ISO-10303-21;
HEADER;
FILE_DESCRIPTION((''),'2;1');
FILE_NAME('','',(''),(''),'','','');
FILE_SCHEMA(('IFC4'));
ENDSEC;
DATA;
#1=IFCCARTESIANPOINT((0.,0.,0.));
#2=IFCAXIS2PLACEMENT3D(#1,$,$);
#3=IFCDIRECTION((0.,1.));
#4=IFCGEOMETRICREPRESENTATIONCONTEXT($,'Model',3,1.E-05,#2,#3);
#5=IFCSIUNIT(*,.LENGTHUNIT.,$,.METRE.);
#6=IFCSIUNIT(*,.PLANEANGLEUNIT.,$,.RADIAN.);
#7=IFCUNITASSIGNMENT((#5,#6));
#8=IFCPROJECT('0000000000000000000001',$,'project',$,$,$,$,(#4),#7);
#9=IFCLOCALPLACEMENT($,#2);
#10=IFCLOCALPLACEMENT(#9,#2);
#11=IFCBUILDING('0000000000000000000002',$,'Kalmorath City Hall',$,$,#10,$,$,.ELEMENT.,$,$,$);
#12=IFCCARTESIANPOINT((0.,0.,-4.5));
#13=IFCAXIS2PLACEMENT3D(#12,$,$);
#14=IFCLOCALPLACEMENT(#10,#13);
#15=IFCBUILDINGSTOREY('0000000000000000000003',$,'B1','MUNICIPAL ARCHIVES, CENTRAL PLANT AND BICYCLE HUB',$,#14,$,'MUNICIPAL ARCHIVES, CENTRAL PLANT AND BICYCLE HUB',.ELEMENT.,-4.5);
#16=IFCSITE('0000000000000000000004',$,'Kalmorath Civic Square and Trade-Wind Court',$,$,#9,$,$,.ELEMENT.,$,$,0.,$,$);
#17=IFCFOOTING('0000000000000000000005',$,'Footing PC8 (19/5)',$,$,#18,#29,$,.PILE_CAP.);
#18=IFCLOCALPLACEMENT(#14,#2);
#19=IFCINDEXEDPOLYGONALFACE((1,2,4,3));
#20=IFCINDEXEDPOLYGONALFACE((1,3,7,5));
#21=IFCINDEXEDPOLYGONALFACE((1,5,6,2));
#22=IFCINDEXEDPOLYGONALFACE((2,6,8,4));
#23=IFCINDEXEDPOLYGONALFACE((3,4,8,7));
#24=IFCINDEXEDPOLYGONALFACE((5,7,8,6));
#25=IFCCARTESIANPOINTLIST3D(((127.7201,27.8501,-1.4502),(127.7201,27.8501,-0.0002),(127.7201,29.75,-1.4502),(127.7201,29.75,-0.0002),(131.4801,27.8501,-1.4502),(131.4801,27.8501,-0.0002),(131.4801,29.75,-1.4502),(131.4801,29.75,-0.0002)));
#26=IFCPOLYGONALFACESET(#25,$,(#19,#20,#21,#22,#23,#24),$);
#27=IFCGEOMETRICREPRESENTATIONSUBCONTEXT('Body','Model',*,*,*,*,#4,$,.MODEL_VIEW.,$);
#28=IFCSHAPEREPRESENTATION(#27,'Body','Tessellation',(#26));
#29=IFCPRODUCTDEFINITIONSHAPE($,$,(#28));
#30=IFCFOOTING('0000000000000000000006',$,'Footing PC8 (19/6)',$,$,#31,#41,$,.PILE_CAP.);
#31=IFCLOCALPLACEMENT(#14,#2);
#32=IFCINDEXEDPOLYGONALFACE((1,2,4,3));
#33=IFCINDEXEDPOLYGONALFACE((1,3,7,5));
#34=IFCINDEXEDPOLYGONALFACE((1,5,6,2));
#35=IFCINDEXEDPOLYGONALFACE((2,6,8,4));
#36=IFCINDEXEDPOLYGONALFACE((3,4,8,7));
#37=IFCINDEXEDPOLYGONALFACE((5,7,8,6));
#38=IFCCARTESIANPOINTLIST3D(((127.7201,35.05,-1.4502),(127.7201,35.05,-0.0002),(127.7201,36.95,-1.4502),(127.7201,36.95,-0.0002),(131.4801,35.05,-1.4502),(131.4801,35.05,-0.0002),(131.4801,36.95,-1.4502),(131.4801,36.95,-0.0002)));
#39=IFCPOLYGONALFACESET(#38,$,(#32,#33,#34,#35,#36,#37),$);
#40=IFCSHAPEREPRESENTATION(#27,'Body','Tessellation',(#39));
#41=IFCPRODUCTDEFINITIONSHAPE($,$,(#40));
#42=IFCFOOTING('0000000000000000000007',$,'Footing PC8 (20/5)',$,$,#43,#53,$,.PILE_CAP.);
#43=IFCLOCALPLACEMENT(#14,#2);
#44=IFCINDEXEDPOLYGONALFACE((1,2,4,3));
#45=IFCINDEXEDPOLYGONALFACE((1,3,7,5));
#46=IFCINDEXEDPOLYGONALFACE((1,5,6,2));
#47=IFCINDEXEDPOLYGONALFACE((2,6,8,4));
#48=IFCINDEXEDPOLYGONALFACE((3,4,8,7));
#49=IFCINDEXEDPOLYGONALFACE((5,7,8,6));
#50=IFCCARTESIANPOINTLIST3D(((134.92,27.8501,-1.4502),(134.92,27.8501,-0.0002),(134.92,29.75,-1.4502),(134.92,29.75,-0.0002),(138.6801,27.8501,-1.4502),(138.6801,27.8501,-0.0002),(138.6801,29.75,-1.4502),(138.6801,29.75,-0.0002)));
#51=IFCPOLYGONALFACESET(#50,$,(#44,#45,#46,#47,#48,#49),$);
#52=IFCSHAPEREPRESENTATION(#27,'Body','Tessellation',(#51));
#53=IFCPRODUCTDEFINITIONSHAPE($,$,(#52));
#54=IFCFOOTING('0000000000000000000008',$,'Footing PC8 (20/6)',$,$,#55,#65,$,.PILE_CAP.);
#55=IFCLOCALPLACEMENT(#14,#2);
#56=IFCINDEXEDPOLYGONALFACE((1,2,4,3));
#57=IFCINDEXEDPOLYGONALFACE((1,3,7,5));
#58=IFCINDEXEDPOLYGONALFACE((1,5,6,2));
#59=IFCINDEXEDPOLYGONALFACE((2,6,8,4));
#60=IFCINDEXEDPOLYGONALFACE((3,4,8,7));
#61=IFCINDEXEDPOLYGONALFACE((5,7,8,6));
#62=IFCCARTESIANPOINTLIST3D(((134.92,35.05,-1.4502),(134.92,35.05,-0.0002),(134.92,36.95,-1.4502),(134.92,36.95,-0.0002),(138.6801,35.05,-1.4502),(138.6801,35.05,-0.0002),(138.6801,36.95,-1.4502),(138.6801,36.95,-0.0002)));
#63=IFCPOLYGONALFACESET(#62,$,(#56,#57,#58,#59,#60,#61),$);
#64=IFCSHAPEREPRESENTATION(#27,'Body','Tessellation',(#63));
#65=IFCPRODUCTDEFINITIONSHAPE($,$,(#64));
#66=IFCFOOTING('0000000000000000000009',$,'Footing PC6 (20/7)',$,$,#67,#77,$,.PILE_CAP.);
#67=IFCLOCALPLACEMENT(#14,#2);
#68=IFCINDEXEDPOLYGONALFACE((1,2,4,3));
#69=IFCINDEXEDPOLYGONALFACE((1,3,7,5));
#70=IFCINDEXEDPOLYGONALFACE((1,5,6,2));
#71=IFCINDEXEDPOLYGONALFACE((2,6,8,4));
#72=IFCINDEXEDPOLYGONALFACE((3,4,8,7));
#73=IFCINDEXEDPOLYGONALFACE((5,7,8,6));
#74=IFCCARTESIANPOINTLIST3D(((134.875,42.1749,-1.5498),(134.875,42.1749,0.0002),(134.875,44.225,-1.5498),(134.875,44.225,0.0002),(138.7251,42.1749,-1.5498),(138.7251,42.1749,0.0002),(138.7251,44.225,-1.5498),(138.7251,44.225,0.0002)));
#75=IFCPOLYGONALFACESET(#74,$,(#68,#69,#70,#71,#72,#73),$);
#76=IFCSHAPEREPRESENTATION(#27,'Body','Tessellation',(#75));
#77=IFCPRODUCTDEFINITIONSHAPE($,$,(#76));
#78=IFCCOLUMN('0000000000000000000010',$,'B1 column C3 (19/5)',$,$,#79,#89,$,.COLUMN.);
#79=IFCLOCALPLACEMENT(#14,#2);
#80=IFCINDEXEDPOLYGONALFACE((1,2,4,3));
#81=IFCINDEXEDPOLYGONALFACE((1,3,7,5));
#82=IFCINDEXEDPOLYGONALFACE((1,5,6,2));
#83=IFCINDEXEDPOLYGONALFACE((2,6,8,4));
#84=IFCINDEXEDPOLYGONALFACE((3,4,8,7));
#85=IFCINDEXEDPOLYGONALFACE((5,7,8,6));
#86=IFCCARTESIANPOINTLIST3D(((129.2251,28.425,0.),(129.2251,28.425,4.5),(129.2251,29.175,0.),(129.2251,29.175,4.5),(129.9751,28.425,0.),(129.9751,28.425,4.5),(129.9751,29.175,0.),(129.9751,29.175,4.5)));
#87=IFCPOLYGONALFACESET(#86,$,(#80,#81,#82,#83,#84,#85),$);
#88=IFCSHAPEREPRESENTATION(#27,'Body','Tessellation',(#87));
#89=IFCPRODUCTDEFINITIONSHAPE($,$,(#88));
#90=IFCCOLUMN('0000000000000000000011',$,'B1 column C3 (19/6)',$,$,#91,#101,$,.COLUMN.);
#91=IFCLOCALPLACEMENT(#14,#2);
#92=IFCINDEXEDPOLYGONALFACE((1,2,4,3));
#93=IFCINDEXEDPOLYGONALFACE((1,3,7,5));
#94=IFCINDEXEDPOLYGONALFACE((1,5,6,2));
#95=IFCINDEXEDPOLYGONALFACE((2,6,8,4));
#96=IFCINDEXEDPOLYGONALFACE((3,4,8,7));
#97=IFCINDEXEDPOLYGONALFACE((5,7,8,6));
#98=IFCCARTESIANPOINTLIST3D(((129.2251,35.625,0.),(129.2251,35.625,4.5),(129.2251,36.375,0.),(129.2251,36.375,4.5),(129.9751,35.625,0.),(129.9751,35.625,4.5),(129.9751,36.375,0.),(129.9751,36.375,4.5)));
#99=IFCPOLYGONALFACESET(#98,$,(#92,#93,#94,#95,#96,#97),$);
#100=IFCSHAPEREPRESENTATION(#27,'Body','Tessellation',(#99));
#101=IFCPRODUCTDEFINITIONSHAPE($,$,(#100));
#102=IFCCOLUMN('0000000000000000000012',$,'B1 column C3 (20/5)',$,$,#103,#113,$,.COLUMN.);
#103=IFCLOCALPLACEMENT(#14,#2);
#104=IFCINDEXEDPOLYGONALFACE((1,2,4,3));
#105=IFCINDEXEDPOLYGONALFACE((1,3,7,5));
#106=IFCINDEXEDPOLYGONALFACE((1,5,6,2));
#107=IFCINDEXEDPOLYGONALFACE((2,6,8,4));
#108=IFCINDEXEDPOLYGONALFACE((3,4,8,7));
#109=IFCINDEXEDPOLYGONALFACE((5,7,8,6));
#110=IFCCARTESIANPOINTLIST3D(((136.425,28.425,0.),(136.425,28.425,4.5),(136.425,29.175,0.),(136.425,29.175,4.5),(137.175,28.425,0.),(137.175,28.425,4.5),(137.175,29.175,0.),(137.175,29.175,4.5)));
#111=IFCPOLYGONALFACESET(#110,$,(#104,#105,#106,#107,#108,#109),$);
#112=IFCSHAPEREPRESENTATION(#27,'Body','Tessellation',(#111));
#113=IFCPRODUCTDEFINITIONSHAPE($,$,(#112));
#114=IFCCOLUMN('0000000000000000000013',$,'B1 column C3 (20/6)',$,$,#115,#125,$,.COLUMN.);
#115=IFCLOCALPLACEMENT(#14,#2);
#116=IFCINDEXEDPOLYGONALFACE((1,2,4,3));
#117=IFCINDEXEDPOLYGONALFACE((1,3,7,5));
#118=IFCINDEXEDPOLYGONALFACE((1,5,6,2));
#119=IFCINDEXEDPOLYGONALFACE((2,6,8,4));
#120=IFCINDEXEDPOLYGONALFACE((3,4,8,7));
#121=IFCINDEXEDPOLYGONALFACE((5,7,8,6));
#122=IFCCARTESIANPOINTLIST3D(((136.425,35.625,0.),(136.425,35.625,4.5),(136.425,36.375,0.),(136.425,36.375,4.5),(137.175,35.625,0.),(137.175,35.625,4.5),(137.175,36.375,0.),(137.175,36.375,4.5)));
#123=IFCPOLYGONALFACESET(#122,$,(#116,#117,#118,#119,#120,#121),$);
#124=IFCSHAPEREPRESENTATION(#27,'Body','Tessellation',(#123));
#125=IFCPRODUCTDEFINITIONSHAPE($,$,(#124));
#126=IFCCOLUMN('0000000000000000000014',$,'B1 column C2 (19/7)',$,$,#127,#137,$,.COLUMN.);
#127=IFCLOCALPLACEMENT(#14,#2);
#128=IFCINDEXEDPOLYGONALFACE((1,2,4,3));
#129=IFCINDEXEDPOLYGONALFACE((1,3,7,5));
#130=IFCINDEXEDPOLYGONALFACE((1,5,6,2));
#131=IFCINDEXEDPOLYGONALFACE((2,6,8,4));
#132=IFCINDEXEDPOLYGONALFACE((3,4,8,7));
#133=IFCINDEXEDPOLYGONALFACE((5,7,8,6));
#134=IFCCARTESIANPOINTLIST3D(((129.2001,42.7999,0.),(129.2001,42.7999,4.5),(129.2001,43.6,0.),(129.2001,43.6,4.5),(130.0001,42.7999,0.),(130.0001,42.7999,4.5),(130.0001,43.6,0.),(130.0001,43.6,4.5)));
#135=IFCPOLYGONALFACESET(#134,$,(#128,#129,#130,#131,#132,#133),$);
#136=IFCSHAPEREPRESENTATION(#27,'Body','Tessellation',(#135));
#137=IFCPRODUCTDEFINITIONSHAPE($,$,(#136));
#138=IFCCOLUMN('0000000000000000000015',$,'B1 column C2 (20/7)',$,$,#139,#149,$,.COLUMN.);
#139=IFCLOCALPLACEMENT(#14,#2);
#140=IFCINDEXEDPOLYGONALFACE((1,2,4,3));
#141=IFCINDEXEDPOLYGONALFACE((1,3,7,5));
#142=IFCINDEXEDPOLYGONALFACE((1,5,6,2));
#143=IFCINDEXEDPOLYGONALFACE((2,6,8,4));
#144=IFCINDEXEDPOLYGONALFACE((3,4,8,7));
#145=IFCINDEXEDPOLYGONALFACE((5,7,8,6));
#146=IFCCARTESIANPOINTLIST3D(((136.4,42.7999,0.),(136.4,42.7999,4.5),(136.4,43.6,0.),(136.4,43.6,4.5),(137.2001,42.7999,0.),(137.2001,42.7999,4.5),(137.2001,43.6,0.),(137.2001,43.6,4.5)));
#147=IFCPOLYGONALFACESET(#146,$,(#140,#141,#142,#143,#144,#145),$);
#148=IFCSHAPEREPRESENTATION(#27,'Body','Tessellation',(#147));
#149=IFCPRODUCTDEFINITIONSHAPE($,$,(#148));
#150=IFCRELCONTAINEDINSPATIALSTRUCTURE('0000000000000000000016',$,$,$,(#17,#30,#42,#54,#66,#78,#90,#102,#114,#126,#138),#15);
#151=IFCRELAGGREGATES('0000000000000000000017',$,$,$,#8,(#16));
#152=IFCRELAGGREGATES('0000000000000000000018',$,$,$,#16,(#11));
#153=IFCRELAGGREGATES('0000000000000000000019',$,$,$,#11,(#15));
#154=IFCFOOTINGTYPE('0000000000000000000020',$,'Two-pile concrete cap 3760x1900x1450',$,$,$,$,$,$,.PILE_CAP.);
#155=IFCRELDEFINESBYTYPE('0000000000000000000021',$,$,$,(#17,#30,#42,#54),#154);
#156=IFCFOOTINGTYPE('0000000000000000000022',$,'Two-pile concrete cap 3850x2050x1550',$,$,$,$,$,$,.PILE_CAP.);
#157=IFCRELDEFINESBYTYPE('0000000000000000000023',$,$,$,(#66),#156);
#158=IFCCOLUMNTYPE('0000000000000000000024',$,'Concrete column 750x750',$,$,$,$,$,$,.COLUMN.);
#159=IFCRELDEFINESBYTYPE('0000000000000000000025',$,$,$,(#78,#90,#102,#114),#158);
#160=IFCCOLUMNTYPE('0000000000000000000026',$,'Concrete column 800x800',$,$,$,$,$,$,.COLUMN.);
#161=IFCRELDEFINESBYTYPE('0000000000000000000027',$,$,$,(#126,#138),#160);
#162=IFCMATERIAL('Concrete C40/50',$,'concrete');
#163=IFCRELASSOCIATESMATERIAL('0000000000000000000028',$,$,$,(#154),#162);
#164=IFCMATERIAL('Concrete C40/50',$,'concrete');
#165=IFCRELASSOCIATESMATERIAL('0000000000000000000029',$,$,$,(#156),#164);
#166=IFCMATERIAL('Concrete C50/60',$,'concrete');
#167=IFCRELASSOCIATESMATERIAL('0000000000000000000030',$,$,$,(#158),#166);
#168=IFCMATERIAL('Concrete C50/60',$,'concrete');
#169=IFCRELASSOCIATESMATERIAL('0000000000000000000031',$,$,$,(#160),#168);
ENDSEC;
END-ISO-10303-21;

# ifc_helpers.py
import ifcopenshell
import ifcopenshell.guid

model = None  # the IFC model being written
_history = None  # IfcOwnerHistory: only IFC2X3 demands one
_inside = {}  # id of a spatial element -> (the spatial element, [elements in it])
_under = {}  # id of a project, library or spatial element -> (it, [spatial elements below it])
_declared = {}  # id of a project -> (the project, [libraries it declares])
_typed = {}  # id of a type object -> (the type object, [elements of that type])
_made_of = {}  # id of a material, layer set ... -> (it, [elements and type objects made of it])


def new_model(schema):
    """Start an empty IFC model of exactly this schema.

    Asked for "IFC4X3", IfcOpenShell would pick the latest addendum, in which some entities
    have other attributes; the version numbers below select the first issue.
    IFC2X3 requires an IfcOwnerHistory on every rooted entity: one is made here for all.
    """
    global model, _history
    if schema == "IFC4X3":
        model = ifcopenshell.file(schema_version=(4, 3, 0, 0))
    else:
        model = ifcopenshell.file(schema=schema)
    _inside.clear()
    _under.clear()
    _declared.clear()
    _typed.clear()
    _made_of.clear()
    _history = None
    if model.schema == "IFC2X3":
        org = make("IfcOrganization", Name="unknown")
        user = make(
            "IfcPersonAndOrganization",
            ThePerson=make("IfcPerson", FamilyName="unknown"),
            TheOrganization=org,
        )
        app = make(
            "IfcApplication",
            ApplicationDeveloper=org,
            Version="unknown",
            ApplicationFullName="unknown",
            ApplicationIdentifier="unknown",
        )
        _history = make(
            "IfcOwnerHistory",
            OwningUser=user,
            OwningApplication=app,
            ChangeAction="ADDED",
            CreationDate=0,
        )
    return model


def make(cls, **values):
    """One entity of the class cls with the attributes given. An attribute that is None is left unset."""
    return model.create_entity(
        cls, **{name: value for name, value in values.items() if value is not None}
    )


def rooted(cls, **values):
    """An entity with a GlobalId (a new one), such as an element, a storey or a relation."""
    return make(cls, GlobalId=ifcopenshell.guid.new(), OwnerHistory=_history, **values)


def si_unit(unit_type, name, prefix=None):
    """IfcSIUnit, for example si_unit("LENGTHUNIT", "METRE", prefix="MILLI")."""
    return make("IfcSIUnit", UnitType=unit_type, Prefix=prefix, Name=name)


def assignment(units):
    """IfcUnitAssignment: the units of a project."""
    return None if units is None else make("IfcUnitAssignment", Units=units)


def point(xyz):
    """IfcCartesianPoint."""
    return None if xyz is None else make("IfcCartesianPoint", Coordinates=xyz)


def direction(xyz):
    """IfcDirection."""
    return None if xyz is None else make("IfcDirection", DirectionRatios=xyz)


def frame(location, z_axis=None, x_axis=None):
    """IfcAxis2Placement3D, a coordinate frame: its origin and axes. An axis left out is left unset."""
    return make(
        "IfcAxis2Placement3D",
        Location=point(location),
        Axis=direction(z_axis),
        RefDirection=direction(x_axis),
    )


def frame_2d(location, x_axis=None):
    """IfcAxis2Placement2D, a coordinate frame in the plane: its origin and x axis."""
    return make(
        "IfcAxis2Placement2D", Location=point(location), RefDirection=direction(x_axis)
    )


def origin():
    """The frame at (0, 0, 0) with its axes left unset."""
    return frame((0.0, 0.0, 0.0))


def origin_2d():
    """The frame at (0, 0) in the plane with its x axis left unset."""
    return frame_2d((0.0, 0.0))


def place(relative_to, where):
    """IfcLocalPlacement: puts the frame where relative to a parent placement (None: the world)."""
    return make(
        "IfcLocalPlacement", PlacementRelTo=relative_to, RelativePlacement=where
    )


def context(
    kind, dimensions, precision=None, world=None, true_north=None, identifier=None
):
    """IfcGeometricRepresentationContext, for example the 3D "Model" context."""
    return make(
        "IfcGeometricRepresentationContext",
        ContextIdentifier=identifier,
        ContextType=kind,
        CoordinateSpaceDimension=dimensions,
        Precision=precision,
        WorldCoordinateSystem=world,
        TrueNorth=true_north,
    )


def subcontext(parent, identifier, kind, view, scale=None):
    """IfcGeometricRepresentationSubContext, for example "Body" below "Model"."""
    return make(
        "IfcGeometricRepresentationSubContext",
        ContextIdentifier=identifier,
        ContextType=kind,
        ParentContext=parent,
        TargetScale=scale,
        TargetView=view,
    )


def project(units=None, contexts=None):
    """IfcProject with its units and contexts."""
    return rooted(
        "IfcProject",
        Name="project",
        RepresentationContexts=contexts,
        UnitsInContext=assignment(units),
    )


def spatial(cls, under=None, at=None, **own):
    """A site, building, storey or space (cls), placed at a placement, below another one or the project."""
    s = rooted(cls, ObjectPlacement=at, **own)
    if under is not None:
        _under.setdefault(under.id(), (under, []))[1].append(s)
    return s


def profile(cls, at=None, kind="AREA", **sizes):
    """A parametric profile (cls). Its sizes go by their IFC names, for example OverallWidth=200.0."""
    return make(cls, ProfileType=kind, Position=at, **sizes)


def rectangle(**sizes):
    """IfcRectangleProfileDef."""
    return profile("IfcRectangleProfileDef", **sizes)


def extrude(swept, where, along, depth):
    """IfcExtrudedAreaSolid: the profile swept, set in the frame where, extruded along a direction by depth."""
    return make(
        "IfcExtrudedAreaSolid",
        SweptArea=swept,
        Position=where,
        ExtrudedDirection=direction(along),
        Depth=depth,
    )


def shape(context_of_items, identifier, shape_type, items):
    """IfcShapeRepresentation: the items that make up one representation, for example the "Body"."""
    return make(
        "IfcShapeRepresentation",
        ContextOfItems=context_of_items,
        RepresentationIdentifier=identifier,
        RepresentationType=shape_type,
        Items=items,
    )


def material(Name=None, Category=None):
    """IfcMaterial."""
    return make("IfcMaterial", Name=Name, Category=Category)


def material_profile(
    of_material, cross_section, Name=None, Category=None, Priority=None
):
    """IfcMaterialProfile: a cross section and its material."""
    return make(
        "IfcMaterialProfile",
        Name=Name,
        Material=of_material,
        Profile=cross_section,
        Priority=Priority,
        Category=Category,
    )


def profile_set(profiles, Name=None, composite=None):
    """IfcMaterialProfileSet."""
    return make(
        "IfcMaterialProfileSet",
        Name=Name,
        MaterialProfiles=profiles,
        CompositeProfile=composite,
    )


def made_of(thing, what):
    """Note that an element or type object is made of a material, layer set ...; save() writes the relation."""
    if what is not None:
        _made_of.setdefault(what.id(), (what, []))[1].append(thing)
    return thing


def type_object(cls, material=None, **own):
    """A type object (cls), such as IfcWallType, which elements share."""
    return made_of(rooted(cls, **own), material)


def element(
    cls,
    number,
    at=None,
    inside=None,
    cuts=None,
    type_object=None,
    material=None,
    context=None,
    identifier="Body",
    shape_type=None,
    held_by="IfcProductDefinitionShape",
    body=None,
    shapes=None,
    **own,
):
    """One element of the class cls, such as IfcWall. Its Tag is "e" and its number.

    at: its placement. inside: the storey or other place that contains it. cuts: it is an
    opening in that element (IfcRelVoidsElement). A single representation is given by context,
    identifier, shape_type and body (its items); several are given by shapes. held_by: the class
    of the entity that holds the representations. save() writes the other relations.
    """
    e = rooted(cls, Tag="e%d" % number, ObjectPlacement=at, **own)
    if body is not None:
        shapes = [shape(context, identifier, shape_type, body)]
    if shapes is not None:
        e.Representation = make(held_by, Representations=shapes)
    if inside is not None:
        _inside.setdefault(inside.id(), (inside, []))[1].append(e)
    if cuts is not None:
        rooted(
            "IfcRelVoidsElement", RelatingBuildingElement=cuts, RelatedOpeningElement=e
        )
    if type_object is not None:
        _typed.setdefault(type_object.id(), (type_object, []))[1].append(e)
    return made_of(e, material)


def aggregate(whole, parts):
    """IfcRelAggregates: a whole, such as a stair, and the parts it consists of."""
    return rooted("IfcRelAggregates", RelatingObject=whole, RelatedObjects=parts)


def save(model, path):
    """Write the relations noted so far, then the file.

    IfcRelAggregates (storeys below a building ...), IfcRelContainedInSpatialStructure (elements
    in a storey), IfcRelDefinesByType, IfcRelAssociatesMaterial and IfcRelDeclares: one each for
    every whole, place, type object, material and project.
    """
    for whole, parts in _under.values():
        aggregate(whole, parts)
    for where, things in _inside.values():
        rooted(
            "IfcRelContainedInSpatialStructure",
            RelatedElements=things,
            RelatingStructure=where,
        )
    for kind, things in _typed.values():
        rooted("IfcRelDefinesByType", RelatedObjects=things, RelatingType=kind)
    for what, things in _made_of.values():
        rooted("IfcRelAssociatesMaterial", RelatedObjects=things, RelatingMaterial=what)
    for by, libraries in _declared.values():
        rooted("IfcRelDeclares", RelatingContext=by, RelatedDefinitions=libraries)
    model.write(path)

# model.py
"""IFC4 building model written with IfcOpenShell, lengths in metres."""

from ifc_helpers import new_model, si_unit, direction, frame, origin, origin_2d, place, context, subcontext, project, spatial, rectangle, extrude, material, material_profile, profile_set, type_object, element, save


model = new_model("IFC4")

# Units and contexts
model_context = context("Model", 3, precision=1e-05, world=origin(), true_north=direction((0.0, 1.0)))
body_context = subcontext(model_context, "Body", "Model", "MODEL_VIEW")
ifc_project = project(units=[si_unit("LENGTHUNIT", "METRE"), si_unit("PLANEANGLEUNIT", "RADIAN")], contexts=[model_context])

# Site, building, storey
site_placement = place(None, origin())
site = spatial("IfcSite", under=ifc_project, at=site_placement, Name="Kalmorath Civic Square and Trade-Wind Court", CompositionType="ELEMENT", RefElevation=0.0)
building_placement = place(site_placement, origin())
building = spatial("IfcBuilding", under=site, at=building_placement, Name="Kalmorath City Hall", CompositionType="ELEMENT")
storey_placement = place(building_placement, frame((0.0, 0.0, -4.5)))
storey = spatial("IfcBuildingStorey", under=building, at=storey_placement, Name="B1", Description="MUNICIPAL ARCHIVES, CENTRAL PLANT AND BICYCLE HUB", LongName="MUNICIPAL ARCHIVES, CENTRAL PLANT AND BICYCLE HUB", CompositionType="ELEMENT", Elevation=-4.5)

# Footings
ifc_material_1 = material(Name="Concrete C40/50", Category="concrete")
footing_type_1 = type_object("IfcFootingType", Name="Two-pile concrete cap 3760x1900x1450", PredefinedType="PILE_CAP", material=ifc_material_1)
for number, where, z_axis, x_axis, name in (
    (1, (129.6001, 28.8, -1.4502), (0.0, 0.0, 1.0), (1.0, 0.0, 0.0), "Footing PC8 (19/5)"),
    (2, (129.6001, 36.0, -1.4502), (0.0, 0.0, 1.0), (1.0, 0.0, 0.0), "Footing PC8 (19/6)"),
    (3, (136.8, 28.8, -1.4502), (0.0, 0.0, 1.0), (1.0, 0.0, 0.0), "Footing PC8 (20/5)"),
    (4, (136.8, 36.0, -1.4502), (0.0, 0.0, 1.0), (1.0, 0.0, 0.0), "Footing PC8 (20/6)"),
):
    element("IfcFooting", number, at=place(storey_placement, frame(where, z_axis=z_axis, x_axis=x_axis)), inside=storey, type_object=footing_type_1, Name=name, PredefinedType="PILE_CAP", context=body_context, shape_type="SweptSolid", body=[
        extrude(rectangle(XDim=3.76, YDim=1.8999, at=origin_2d()), origin(), (0.0, 0.0, 1.0), 1.45),
    ])
ifc_material_2 = material(Name="Concrete C40/50", Category="concrete")
footing_type_2 = type_object("IfcFootingType", Name="Two-pile concrete cap 3850x2050x1550", PredefinedType="PILE_CAP", material=ifc_material_2)
footing_1_placement = place(storey_placement, frame((136.8, 43.2, -1.5498), z_axis=(0.0, 0.0, 1.0), x_axis=(1.0, 0.0, 0.0)))
element("IfcFooting", 5, at=footing_1_placement, inside=storey, type_object=footing_type_2, Name="Footing PC6 (20/7)", PredefinedType="PILE_CAP", context=body_context, shape_type="SweptSolid", body=[
    extrude(rectangle(XDim=3.8501, YDim=2.05, at=origin_2d()), origin(), (0.0, 0.0, 1.0), 1.55),
])

# Columns
ifc_material_3 = material(Name="Concrete C50/60", Category="concrete")
ifc_material_profile_1 = material_profile(ifc_material_3, rectangle(XDim=0.75, YDim=0.75, at=origin_2d()), Name="RC-COL-750X750")
ifc_profile_set_1 = profile_set([ifc_material_profile_1], Name="Concrete C50/60")
column_type_1 = type_object("IfcColumnType", Name="Concrete column 750x750", PredefinedType="COLUMN", material=ifc_profile_set_1)
for number, where, z_axis, x_axis, name in (
    (6, (129.6001, 28.8, 0.0), (0.0, 0.0, 1.0), (1.0, 0.0, 0.0), "B1 column C3 (19/5)"),
    (7, (129.6001, 36.0, 0.0), (0.0, 0.0, 1.0), (1.0, 0.0, 0.0), "B1 column C3 (19/6)"),
    (8, (136.8, 28.8, 0.0), (0.0, 0.0, 1.0), (1.0, 0.0, 0.0), "B1 column C3 (20/5)"),
    (9, (136.8, 36.0, 0.0), (0.0, 0.0, 1.0), (1.0, 0.0, 0.0), "B1 column C3 (20/6)"),
):
    element("IfcColumn", number, at=place(storey_placement, frame(where, z_axis=z_axis, x_axis=x_axis)), inside=storey, type_object=column_type_1, Name=name, PredefinedType="COLUMN", context=body_context, shape_type="SweptSolid", body=[
        extrude(rectangle(XDim=0.75, YDim=0.75, at=origin_2d()), origin(), (0.0, 0.0, 1.0), 4.5),
    ])
ifc_material_4 = material(Name="Concrete C50/60", Category="concrete")
ifc_material_profile_2 = material_profile(ifc_material_4, rectangle(XDim=0.8, YDim=0.8, at=origin_2d()), Name="RC-COL-800X800")
ifc_profile_set_2 = profile_set([ifc_material_profile_2], Name="Concrete C50/60")
column_type_2 = type_object("IfcColumnType", Name="Concrete column 800x800", PredefinedType="COLUMN", material=ifc_profile_set_2)
for number, where, z_axis, x_axis, name in (
    (10, (129.6001, 43.2, 0.0), (0.0, 0.0, 1.0), (1.0, 0.0, 0.0), "B1 column C2 (19/7)"),
    (11, (136.8, 43.2, 0.0), (0.0, 0.0, 1.0), (1.0, 0.0, 0.0), "B1 column C2 (20/7)"),
):
    element("IfcColumn", number, at=place(storey_placement, frame(where, z_axis=z_axis, x_axis=x_axis)), inside=storey, type_object=column_type_2, Name=name, PredefinedType="COLUMN", context=body_context, shape_type="SweptSolid", body=[
        extrude(rectangle(XDim=0.8, YDim=0.8, at=origin_2d()), origin(), (0.0, 0.0, 1.0), 4.5),
    ])

save(model, "model.ifc")
